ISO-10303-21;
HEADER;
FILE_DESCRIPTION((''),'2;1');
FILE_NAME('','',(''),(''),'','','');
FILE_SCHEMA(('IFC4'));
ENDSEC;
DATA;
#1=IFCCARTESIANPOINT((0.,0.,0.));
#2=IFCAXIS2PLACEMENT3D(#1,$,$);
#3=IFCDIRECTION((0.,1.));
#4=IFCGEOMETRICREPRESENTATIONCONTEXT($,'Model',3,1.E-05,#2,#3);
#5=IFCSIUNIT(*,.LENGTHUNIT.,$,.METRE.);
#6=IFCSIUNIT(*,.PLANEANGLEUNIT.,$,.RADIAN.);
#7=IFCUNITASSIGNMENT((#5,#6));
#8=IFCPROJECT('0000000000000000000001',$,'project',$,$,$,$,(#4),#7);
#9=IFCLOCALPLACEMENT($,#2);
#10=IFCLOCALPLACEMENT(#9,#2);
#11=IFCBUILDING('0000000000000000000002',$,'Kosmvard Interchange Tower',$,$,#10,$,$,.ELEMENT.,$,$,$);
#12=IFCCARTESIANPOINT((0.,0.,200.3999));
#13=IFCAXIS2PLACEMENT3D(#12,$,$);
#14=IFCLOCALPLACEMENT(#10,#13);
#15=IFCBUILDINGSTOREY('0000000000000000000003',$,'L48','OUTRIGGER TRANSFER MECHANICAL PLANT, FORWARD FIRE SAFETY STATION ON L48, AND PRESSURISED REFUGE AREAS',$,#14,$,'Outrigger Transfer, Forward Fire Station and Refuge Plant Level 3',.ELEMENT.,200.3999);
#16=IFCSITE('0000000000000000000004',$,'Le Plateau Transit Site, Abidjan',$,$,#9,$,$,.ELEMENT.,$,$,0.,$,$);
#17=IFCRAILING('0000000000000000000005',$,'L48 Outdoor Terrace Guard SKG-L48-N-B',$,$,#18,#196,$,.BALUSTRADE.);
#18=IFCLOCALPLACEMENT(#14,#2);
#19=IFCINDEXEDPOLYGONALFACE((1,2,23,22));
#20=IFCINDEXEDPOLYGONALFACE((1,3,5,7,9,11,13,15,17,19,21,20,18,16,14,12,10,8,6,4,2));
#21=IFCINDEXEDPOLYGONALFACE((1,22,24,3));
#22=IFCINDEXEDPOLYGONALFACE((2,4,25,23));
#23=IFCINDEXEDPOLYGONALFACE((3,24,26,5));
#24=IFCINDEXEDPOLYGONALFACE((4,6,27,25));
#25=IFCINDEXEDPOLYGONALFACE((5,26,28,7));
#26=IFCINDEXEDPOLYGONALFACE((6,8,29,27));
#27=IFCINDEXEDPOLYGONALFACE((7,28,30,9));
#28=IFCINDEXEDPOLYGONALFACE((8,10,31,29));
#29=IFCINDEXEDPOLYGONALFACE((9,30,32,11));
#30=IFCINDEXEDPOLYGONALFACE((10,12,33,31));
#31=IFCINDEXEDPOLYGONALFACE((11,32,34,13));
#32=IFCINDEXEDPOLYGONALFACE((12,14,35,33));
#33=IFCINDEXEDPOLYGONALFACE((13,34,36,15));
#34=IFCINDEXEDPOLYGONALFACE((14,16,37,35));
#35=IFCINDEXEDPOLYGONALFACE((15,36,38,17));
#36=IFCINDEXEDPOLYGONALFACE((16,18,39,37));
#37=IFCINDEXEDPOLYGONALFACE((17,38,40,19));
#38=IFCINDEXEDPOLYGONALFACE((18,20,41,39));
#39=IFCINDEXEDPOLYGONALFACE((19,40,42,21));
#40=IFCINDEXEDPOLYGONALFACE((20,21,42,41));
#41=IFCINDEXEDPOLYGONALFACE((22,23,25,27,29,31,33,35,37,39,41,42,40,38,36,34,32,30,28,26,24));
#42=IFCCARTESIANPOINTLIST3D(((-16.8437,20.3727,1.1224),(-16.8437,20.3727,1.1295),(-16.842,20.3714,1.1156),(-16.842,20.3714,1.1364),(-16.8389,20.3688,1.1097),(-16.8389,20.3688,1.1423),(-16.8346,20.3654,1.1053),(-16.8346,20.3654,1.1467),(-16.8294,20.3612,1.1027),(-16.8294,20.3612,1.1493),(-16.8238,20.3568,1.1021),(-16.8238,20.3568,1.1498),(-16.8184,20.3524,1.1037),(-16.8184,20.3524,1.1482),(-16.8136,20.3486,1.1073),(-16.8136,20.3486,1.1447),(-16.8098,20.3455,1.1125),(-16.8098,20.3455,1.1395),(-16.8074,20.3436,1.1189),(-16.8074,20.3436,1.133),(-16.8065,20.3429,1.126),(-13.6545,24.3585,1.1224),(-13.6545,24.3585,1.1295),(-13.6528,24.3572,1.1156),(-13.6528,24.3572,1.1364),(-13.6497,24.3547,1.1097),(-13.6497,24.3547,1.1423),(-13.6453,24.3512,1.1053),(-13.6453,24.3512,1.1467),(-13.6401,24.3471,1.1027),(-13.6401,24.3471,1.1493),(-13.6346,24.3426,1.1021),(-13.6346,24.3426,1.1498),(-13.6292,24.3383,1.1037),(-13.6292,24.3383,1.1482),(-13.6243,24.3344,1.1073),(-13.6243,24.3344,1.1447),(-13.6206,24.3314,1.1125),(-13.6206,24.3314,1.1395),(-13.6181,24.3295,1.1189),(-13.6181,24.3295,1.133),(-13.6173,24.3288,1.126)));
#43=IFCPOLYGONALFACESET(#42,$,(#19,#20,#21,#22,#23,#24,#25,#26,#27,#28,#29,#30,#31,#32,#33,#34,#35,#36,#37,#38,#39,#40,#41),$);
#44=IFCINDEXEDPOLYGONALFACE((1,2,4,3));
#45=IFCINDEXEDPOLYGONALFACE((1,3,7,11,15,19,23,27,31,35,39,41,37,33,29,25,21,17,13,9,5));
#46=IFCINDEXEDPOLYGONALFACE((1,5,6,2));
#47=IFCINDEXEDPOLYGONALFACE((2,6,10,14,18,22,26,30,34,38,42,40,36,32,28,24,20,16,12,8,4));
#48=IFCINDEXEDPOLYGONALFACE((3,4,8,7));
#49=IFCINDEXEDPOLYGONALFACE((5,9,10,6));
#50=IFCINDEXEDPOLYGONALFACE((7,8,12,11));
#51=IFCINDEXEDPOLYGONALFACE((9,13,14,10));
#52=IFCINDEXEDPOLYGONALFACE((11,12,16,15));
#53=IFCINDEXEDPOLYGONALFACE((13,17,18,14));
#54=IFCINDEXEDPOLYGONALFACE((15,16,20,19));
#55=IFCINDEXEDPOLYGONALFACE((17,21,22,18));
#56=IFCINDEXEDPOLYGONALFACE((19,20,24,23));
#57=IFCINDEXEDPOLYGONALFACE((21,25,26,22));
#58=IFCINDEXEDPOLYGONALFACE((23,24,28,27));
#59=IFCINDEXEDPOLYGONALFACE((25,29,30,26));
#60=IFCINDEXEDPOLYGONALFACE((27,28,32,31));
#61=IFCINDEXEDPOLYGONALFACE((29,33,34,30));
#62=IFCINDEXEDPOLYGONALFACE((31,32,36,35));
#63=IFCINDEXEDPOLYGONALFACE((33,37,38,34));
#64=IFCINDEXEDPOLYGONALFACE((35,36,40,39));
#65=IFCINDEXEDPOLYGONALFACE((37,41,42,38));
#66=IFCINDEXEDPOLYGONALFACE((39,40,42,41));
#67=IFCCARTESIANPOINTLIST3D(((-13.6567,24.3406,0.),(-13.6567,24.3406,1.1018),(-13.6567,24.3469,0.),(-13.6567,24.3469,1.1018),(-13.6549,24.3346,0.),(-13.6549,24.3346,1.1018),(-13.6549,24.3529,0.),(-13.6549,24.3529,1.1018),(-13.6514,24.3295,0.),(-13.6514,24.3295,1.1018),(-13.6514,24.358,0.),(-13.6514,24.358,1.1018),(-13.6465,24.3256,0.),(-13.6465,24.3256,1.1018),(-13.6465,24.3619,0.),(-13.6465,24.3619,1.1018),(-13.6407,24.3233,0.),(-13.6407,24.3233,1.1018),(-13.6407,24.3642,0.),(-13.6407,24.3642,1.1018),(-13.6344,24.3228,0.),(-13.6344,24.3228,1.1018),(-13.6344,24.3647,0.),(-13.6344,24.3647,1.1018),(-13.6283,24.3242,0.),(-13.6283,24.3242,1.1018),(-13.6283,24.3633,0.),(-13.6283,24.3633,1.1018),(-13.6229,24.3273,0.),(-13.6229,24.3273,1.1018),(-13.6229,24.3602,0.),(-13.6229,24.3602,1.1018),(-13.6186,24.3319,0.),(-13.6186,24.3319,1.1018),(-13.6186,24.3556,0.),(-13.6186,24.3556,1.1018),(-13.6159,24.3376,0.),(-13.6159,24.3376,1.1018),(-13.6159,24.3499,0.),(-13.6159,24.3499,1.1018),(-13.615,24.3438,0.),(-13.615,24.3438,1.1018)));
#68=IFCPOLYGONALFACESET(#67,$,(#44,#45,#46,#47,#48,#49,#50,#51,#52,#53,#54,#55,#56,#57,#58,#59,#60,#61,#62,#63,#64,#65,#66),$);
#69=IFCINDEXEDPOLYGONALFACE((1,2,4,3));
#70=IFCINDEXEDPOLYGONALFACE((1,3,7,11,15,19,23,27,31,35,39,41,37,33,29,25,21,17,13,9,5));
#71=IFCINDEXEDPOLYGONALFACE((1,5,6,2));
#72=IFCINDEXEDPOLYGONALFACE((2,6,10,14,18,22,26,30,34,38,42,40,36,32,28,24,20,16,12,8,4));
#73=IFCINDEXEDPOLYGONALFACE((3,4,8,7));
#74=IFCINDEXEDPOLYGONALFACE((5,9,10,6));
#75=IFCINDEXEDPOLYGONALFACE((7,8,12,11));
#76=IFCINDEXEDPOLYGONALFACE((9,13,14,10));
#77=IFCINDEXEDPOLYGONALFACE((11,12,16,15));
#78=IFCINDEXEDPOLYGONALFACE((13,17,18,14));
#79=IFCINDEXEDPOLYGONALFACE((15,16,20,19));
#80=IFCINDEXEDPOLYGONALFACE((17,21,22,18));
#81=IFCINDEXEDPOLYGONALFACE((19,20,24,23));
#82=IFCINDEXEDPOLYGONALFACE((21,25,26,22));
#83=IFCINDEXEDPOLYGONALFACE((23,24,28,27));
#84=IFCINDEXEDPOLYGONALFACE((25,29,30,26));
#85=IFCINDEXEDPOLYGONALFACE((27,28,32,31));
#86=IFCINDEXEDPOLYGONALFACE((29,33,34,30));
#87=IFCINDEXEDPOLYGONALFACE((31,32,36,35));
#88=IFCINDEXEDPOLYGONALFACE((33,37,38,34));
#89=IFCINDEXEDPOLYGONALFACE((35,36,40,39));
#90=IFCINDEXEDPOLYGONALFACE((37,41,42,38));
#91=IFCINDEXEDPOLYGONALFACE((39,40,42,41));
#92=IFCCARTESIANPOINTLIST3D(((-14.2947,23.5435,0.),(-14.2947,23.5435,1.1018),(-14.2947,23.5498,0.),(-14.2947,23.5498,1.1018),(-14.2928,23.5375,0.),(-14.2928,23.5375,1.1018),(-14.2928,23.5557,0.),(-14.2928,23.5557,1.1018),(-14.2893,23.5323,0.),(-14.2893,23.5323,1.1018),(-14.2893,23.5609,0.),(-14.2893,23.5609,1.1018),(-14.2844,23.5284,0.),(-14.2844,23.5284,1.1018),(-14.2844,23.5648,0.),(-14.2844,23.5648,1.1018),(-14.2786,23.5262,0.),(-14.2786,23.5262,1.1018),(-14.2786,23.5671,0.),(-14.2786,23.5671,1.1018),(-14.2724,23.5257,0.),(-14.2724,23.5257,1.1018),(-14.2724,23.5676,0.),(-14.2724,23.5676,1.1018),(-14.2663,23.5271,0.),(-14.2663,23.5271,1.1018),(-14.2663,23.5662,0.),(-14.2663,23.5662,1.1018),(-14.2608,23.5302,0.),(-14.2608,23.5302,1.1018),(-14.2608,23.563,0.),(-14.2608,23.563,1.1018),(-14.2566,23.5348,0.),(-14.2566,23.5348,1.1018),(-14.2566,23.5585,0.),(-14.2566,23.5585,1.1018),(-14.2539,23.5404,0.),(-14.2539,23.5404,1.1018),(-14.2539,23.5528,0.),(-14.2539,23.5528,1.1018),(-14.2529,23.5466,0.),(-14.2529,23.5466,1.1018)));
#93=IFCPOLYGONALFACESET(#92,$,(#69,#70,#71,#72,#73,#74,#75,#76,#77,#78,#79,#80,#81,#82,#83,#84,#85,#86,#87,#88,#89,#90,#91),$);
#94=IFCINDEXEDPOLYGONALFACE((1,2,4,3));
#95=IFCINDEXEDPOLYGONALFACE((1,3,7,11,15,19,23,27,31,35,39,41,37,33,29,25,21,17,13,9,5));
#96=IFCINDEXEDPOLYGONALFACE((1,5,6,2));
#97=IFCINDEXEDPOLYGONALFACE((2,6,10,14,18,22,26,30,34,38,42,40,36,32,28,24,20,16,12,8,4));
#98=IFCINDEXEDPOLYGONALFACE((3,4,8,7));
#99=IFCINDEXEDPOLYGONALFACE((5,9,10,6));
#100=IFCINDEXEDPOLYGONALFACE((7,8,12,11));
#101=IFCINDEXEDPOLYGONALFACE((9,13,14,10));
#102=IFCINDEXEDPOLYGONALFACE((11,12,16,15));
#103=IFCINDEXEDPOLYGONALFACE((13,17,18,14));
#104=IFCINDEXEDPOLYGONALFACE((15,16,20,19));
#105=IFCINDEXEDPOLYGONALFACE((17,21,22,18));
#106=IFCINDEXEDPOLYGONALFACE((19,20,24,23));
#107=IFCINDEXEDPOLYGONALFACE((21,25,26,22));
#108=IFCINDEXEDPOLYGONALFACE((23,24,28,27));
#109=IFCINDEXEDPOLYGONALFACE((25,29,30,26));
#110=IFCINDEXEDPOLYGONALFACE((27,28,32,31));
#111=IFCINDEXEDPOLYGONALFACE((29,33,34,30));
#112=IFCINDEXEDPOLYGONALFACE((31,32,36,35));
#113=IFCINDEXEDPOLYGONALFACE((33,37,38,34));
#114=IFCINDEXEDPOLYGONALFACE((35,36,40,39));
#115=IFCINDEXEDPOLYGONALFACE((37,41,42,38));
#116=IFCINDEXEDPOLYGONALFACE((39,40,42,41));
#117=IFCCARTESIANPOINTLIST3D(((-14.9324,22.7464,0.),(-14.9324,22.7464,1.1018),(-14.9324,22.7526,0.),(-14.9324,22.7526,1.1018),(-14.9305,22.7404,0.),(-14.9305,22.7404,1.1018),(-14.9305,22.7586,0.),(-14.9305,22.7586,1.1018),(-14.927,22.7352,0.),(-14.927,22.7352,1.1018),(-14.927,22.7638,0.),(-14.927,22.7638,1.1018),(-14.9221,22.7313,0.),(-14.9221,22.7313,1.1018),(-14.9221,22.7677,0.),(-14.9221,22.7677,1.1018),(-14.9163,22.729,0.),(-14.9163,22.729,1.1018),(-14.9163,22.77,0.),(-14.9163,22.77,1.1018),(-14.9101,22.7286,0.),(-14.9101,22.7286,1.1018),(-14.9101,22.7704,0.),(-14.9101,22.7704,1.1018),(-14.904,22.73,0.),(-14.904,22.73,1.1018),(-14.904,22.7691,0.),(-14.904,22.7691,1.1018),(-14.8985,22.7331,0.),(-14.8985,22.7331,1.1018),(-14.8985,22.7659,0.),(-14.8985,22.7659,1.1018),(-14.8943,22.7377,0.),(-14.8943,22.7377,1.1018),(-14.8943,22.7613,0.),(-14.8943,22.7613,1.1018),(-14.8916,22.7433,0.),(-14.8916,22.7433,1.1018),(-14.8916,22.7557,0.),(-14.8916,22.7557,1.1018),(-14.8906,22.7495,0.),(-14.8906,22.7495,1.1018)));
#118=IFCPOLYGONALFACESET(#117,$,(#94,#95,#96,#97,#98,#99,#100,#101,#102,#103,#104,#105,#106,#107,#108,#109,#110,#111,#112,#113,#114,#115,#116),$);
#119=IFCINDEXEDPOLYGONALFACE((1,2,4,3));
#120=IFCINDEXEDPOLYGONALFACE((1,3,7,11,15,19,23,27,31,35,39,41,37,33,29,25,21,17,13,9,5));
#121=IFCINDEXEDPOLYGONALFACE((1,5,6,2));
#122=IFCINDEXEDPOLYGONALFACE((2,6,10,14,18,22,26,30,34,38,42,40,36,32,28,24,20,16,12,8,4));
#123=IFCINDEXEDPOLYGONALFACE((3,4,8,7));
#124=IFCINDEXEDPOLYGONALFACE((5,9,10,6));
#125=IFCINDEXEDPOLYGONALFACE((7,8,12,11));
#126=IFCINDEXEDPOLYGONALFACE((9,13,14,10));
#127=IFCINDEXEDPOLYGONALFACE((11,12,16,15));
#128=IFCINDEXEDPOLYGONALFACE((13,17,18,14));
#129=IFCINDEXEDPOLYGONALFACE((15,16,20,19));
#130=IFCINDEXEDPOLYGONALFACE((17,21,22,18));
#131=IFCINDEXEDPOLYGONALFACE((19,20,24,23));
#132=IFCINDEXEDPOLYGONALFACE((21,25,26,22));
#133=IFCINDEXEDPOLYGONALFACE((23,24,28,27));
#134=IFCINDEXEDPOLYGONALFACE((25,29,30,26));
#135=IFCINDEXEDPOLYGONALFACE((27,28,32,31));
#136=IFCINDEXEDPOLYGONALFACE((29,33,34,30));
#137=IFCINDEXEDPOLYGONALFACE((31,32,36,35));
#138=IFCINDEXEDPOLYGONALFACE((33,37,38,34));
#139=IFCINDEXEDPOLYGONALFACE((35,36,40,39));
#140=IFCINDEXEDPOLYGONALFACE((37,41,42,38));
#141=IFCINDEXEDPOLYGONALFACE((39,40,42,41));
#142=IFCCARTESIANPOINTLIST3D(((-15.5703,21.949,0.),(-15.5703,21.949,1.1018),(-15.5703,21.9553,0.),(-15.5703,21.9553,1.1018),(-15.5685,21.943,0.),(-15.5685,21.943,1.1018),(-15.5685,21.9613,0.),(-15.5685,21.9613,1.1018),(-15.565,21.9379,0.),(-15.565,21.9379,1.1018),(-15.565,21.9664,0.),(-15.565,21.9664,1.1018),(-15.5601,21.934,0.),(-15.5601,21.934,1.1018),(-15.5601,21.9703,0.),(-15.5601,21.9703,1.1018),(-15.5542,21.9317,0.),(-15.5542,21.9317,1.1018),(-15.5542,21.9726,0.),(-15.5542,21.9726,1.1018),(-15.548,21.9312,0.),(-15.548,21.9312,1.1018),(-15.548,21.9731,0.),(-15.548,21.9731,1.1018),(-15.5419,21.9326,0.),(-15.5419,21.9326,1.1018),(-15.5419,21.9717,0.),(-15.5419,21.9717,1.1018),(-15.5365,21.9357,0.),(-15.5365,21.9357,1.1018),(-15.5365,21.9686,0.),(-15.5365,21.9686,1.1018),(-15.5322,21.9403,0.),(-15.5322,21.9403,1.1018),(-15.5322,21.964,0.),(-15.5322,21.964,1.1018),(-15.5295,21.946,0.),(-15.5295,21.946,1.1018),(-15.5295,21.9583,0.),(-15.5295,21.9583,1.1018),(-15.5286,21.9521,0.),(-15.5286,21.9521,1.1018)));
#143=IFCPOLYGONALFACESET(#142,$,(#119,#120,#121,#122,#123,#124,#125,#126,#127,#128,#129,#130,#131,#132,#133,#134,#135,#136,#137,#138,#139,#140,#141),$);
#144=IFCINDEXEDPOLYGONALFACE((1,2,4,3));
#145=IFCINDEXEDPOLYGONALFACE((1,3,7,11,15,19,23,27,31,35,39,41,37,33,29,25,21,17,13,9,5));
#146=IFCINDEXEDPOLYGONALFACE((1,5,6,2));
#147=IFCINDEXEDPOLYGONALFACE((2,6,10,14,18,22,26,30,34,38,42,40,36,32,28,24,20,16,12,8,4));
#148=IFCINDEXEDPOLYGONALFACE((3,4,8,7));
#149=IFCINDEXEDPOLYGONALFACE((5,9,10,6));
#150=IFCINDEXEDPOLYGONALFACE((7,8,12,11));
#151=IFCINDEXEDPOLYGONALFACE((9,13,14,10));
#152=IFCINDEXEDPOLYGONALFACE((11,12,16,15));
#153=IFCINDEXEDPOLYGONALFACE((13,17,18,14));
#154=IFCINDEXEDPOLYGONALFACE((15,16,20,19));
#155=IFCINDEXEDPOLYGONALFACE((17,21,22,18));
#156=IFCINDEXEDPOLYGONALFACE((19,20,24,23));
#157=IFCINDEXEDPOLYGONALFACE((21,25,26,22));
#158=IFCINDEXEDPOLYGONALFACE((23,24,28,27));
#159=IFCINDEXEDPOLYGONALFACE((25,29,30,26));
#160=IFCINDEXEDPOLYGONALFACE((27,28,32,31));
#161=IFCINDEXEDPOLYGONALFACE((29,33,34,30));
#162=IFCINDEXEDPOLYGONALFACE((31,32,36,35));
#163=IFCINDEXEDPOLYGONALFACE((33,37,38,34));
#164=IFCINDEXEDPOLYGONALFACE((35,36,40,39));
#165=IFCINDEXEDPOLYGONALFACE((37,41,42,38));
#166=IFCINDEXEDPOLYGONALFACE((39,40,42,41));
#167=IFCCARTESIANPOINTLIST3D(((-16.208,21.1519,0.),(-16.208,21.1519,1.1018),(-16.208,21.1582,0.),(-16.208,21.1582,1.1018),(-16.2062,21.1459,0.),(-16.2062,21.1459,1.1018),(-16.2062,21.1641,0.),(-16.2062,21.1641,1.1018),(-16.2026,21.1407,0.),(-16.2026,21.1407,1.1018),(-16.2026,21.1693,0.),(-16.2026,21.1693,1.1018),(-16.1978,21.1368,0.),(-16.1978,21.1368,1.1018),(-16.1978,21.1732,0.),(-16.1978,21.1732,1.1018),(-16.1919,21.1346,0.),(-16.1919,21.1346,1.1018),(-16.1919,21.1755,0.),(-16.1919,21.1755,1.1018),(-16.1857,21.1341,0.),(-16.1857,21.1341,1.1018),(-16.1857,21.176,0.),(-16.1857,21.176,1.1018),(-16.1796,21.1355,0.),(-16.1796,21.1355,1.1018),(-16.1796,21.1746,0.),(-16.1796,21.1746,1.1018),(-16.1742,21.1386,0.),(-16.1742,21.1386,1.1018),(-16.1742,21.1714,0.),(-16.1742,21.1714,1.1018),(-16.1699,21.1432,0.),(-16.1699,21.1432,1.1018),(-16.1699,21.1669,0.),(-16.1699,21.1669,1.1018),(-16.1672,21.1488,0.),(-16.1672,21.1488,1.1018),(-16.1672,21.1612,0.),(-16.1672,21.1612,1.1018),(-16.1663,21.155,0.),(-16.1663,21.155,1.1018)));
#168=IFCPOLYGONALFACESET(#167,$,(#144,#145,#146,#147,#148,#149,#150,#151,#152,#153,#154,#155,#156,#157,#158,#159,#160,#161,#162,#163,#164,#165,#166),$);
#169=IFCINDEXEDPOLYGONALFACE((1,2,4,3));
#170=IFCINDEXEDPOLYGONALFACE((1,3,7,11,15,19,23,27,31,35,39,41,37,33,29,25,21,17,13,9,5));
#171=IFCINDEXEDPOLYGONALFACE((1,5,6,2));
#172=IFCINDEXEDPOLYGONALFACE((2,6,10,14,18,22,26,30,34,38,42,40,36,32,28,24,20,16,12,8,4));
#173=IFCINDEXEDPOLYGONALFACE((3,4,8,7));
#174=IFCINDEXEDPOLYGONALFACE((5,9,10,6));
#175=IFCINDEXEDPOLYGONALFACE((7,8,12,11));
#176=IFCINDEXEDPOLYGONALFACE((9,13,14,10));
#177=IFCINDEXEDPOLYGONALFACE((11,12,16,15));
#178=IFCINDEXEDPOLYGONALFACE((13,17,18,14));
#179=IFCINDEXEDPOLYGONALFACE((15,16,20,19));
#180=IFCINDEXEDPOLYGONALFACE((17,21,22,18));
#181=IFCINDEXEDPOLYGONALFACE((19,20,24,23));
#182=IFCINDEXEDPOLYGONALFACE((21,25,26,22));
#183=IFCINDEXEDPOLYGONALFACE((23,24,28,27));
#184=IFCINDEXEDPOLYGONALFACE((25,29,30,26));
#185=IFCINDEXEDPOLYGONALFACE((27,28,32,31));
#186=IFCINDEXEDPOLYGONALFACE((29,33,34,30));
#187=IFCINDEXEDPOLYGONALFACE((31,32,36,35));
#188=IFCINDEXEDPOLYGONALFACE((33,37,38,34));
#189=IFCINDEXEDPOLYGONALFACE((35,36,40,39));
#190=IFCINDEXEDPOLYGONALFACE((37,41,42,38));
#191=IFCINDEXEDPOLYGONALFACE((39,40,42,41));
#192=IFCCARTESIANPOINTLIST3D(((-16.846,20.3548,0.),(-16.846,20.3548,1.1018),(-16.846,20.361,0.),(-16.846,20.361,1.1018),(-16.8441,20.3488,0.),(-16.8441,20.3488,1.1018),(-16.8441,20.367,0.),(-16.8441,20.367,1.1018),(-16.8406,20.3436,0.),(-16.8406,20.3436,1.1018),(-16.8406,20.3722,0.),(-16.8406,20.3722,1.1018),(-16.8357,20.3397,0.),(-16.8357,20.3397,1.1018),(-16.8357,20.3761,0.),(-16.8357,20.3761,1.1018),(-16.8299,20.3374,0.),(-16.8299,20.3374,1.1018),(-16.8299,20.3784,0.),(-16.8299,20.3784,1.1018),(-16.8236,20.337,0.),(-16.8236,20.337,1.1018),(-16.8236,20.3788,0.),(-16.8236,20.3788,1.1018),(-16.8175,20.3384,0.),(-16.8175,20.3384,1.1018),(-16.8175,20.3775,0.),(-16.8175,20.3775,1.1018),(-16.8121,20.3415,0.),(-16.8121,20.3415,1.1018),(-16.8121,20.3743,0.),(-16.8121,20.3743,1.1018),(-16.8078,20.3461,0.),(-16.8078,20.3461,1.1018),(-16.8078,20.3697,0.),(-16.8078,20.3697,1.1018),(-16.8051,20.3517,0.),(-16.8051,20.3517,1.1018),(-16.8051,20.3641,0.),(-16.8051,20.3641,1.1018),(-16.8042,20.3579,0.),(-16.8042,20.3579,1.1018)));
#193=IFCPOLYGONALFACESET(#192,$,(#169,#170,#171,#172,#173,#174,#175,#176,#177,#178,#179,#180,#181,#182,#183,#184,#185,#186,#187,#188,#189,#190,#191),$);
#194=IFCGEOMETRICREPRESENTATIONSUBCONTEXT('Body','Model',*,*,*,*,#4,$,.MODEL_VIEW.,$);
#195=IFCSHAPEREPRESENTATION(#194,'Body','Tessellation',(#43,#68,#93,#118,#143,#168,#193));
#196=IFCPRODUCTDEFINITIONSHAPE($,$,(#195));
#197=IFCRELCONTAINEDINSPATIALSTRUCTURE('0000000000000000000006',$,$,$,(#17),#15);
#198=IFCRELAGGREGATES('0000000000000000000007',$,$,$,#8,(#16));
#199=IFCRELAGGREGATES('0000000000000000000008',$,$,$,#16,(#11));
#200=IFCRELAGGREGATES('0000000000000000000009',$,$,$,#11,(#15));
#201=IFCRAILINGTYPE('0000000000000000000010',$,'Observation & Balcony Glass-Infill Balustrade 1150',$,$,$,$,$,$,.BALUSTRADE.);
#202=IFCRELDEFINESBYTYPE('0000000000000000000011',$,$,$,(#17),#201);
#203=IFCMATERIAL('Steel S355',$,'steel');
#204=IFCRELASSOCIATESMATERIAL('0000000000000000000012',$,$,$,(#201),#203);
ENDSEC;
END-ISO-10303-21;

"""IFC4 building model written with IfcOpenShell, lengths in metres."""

from ifc_helpers import new_model, si_unit, direction, frame, origin, origin_2d, place, context, subcontext, project, spatial, circle, extrude, source, transform, mapped, material, type_object, element, save


model = new_model("IFC4")

# Units and contexts
model_context = context("Model", 3, precision=1e-05, world=origin(), true_north=direction((0.0, 1.0)))
body_context = subcontext(model_context, "Body", "Model", "MODEL_VIEW")
ifc_project = project(units=[si_unit("LENGTHUNIT", "METRE"), si_unit("PLANEANGLEUNIT", "RADIAN")], contexts=[model_context])

# Site, building, storey
site_placement = place(None, origin())
site = spatial("IfcSite", under=ifc_project, at=site_placement, Name="Le Plateau Transit Site, Abidjan", CompositionType="ELEMENT", RefElevation=0.0)
building_placement = place(site_placement, origin())
building = spatial("IfcBuilding", under=site, at=building_placement, Name="Kosmvard Interchange Tower", CompositionType="ELEMENT")
storey_placement = place(building_placement, frame((0.0, 0.0, 200.3999)))
storey = spatial("IfcBuildingStorey", under=building, at=storey_placement, Name="L48", Description="OUTRIGGER TRANSFER MECHANICAL PLANT, FORWARD FIRE SAFETY STATION ON L48, AND PRESSURISED REFUGE AREAS", LongName="Outrigger Transfer, Forward Fire Station and Refuge Plant Level 3", CompositionType="ELEMENT", Elevation=200.3999)

# Shared definitions
ifc_material_1 = material(Name="Steel S355", Category="steel")

# Railing
railing_type = type_object("IfcRailingType", Name="Observation & Balcony Glass-Infill Balustrade 1150", PredefinedType="BALUSTRADE", material=ifc_material_1)
shared_shape_1 = source(origin(), body_context, "Body", "SweptSolid", [
    extrude(circle(Radius=0.0239, at=origin_2d()), frame((0.0, 0.0, 1.126), z_axis=(-0.624759, -0.780817, 0.0), x_axis=(0.780817, -0.624759, 0.0)), (0.0, 0.0, 1.0), 5.1047),
    extrude(circle(Radius=0.021, at=origin_2d()), origin(), (0.0, 0.0, 1.0), 1.1018),
    extrude(circle(Radius=0.021, at=origin_2d()), frame((-0.6379, -0.7971, 0.0)), (0.0, 0.0, 1.0), 1.1018),
    extrude(circle(Radius=0.021, at=origin_2d()), frame((-1.2756, -1.5942, 0.0)), (0.0, 0.0, 1.0), 1.1018),
    extrude(circle(Radius=0.021, at=origin_2d()), frame((-1.9136, -2.3916, 0.0)), (0.0, 0.0, 1.0), 1.1018),
    extrude(circle(Radius=0.021, at=origin_2d()), frame((-2.5513, -3.1887, 0.0)), (0.0, 0.0, 1.0), 1.1018),
    extrude(circle(Radius=0.021, at=origin_2d()), frame((-3.1892, -3.9858, 0.0)), (0.0, 0.0, 1.0), 1.1018),
])
railing_1_placement = place(storey_placement, frame((-13.636, 24.3438, 0.0)))
element("IfcRailing", 1, at=railing_1_placement, inside=storey, type_object=railing_type, Name="L48 Outdoor Terrace Guard SKG-L48-N-B", PredefinedType="BALUSTRADE", context=body_context, shape_type="MappedRepresentation", body=[
    mapped(shared_shape_1, transform((0.0, 0.0, 0.0), scale=1.0)),
])

save(model, "model.ifc")
